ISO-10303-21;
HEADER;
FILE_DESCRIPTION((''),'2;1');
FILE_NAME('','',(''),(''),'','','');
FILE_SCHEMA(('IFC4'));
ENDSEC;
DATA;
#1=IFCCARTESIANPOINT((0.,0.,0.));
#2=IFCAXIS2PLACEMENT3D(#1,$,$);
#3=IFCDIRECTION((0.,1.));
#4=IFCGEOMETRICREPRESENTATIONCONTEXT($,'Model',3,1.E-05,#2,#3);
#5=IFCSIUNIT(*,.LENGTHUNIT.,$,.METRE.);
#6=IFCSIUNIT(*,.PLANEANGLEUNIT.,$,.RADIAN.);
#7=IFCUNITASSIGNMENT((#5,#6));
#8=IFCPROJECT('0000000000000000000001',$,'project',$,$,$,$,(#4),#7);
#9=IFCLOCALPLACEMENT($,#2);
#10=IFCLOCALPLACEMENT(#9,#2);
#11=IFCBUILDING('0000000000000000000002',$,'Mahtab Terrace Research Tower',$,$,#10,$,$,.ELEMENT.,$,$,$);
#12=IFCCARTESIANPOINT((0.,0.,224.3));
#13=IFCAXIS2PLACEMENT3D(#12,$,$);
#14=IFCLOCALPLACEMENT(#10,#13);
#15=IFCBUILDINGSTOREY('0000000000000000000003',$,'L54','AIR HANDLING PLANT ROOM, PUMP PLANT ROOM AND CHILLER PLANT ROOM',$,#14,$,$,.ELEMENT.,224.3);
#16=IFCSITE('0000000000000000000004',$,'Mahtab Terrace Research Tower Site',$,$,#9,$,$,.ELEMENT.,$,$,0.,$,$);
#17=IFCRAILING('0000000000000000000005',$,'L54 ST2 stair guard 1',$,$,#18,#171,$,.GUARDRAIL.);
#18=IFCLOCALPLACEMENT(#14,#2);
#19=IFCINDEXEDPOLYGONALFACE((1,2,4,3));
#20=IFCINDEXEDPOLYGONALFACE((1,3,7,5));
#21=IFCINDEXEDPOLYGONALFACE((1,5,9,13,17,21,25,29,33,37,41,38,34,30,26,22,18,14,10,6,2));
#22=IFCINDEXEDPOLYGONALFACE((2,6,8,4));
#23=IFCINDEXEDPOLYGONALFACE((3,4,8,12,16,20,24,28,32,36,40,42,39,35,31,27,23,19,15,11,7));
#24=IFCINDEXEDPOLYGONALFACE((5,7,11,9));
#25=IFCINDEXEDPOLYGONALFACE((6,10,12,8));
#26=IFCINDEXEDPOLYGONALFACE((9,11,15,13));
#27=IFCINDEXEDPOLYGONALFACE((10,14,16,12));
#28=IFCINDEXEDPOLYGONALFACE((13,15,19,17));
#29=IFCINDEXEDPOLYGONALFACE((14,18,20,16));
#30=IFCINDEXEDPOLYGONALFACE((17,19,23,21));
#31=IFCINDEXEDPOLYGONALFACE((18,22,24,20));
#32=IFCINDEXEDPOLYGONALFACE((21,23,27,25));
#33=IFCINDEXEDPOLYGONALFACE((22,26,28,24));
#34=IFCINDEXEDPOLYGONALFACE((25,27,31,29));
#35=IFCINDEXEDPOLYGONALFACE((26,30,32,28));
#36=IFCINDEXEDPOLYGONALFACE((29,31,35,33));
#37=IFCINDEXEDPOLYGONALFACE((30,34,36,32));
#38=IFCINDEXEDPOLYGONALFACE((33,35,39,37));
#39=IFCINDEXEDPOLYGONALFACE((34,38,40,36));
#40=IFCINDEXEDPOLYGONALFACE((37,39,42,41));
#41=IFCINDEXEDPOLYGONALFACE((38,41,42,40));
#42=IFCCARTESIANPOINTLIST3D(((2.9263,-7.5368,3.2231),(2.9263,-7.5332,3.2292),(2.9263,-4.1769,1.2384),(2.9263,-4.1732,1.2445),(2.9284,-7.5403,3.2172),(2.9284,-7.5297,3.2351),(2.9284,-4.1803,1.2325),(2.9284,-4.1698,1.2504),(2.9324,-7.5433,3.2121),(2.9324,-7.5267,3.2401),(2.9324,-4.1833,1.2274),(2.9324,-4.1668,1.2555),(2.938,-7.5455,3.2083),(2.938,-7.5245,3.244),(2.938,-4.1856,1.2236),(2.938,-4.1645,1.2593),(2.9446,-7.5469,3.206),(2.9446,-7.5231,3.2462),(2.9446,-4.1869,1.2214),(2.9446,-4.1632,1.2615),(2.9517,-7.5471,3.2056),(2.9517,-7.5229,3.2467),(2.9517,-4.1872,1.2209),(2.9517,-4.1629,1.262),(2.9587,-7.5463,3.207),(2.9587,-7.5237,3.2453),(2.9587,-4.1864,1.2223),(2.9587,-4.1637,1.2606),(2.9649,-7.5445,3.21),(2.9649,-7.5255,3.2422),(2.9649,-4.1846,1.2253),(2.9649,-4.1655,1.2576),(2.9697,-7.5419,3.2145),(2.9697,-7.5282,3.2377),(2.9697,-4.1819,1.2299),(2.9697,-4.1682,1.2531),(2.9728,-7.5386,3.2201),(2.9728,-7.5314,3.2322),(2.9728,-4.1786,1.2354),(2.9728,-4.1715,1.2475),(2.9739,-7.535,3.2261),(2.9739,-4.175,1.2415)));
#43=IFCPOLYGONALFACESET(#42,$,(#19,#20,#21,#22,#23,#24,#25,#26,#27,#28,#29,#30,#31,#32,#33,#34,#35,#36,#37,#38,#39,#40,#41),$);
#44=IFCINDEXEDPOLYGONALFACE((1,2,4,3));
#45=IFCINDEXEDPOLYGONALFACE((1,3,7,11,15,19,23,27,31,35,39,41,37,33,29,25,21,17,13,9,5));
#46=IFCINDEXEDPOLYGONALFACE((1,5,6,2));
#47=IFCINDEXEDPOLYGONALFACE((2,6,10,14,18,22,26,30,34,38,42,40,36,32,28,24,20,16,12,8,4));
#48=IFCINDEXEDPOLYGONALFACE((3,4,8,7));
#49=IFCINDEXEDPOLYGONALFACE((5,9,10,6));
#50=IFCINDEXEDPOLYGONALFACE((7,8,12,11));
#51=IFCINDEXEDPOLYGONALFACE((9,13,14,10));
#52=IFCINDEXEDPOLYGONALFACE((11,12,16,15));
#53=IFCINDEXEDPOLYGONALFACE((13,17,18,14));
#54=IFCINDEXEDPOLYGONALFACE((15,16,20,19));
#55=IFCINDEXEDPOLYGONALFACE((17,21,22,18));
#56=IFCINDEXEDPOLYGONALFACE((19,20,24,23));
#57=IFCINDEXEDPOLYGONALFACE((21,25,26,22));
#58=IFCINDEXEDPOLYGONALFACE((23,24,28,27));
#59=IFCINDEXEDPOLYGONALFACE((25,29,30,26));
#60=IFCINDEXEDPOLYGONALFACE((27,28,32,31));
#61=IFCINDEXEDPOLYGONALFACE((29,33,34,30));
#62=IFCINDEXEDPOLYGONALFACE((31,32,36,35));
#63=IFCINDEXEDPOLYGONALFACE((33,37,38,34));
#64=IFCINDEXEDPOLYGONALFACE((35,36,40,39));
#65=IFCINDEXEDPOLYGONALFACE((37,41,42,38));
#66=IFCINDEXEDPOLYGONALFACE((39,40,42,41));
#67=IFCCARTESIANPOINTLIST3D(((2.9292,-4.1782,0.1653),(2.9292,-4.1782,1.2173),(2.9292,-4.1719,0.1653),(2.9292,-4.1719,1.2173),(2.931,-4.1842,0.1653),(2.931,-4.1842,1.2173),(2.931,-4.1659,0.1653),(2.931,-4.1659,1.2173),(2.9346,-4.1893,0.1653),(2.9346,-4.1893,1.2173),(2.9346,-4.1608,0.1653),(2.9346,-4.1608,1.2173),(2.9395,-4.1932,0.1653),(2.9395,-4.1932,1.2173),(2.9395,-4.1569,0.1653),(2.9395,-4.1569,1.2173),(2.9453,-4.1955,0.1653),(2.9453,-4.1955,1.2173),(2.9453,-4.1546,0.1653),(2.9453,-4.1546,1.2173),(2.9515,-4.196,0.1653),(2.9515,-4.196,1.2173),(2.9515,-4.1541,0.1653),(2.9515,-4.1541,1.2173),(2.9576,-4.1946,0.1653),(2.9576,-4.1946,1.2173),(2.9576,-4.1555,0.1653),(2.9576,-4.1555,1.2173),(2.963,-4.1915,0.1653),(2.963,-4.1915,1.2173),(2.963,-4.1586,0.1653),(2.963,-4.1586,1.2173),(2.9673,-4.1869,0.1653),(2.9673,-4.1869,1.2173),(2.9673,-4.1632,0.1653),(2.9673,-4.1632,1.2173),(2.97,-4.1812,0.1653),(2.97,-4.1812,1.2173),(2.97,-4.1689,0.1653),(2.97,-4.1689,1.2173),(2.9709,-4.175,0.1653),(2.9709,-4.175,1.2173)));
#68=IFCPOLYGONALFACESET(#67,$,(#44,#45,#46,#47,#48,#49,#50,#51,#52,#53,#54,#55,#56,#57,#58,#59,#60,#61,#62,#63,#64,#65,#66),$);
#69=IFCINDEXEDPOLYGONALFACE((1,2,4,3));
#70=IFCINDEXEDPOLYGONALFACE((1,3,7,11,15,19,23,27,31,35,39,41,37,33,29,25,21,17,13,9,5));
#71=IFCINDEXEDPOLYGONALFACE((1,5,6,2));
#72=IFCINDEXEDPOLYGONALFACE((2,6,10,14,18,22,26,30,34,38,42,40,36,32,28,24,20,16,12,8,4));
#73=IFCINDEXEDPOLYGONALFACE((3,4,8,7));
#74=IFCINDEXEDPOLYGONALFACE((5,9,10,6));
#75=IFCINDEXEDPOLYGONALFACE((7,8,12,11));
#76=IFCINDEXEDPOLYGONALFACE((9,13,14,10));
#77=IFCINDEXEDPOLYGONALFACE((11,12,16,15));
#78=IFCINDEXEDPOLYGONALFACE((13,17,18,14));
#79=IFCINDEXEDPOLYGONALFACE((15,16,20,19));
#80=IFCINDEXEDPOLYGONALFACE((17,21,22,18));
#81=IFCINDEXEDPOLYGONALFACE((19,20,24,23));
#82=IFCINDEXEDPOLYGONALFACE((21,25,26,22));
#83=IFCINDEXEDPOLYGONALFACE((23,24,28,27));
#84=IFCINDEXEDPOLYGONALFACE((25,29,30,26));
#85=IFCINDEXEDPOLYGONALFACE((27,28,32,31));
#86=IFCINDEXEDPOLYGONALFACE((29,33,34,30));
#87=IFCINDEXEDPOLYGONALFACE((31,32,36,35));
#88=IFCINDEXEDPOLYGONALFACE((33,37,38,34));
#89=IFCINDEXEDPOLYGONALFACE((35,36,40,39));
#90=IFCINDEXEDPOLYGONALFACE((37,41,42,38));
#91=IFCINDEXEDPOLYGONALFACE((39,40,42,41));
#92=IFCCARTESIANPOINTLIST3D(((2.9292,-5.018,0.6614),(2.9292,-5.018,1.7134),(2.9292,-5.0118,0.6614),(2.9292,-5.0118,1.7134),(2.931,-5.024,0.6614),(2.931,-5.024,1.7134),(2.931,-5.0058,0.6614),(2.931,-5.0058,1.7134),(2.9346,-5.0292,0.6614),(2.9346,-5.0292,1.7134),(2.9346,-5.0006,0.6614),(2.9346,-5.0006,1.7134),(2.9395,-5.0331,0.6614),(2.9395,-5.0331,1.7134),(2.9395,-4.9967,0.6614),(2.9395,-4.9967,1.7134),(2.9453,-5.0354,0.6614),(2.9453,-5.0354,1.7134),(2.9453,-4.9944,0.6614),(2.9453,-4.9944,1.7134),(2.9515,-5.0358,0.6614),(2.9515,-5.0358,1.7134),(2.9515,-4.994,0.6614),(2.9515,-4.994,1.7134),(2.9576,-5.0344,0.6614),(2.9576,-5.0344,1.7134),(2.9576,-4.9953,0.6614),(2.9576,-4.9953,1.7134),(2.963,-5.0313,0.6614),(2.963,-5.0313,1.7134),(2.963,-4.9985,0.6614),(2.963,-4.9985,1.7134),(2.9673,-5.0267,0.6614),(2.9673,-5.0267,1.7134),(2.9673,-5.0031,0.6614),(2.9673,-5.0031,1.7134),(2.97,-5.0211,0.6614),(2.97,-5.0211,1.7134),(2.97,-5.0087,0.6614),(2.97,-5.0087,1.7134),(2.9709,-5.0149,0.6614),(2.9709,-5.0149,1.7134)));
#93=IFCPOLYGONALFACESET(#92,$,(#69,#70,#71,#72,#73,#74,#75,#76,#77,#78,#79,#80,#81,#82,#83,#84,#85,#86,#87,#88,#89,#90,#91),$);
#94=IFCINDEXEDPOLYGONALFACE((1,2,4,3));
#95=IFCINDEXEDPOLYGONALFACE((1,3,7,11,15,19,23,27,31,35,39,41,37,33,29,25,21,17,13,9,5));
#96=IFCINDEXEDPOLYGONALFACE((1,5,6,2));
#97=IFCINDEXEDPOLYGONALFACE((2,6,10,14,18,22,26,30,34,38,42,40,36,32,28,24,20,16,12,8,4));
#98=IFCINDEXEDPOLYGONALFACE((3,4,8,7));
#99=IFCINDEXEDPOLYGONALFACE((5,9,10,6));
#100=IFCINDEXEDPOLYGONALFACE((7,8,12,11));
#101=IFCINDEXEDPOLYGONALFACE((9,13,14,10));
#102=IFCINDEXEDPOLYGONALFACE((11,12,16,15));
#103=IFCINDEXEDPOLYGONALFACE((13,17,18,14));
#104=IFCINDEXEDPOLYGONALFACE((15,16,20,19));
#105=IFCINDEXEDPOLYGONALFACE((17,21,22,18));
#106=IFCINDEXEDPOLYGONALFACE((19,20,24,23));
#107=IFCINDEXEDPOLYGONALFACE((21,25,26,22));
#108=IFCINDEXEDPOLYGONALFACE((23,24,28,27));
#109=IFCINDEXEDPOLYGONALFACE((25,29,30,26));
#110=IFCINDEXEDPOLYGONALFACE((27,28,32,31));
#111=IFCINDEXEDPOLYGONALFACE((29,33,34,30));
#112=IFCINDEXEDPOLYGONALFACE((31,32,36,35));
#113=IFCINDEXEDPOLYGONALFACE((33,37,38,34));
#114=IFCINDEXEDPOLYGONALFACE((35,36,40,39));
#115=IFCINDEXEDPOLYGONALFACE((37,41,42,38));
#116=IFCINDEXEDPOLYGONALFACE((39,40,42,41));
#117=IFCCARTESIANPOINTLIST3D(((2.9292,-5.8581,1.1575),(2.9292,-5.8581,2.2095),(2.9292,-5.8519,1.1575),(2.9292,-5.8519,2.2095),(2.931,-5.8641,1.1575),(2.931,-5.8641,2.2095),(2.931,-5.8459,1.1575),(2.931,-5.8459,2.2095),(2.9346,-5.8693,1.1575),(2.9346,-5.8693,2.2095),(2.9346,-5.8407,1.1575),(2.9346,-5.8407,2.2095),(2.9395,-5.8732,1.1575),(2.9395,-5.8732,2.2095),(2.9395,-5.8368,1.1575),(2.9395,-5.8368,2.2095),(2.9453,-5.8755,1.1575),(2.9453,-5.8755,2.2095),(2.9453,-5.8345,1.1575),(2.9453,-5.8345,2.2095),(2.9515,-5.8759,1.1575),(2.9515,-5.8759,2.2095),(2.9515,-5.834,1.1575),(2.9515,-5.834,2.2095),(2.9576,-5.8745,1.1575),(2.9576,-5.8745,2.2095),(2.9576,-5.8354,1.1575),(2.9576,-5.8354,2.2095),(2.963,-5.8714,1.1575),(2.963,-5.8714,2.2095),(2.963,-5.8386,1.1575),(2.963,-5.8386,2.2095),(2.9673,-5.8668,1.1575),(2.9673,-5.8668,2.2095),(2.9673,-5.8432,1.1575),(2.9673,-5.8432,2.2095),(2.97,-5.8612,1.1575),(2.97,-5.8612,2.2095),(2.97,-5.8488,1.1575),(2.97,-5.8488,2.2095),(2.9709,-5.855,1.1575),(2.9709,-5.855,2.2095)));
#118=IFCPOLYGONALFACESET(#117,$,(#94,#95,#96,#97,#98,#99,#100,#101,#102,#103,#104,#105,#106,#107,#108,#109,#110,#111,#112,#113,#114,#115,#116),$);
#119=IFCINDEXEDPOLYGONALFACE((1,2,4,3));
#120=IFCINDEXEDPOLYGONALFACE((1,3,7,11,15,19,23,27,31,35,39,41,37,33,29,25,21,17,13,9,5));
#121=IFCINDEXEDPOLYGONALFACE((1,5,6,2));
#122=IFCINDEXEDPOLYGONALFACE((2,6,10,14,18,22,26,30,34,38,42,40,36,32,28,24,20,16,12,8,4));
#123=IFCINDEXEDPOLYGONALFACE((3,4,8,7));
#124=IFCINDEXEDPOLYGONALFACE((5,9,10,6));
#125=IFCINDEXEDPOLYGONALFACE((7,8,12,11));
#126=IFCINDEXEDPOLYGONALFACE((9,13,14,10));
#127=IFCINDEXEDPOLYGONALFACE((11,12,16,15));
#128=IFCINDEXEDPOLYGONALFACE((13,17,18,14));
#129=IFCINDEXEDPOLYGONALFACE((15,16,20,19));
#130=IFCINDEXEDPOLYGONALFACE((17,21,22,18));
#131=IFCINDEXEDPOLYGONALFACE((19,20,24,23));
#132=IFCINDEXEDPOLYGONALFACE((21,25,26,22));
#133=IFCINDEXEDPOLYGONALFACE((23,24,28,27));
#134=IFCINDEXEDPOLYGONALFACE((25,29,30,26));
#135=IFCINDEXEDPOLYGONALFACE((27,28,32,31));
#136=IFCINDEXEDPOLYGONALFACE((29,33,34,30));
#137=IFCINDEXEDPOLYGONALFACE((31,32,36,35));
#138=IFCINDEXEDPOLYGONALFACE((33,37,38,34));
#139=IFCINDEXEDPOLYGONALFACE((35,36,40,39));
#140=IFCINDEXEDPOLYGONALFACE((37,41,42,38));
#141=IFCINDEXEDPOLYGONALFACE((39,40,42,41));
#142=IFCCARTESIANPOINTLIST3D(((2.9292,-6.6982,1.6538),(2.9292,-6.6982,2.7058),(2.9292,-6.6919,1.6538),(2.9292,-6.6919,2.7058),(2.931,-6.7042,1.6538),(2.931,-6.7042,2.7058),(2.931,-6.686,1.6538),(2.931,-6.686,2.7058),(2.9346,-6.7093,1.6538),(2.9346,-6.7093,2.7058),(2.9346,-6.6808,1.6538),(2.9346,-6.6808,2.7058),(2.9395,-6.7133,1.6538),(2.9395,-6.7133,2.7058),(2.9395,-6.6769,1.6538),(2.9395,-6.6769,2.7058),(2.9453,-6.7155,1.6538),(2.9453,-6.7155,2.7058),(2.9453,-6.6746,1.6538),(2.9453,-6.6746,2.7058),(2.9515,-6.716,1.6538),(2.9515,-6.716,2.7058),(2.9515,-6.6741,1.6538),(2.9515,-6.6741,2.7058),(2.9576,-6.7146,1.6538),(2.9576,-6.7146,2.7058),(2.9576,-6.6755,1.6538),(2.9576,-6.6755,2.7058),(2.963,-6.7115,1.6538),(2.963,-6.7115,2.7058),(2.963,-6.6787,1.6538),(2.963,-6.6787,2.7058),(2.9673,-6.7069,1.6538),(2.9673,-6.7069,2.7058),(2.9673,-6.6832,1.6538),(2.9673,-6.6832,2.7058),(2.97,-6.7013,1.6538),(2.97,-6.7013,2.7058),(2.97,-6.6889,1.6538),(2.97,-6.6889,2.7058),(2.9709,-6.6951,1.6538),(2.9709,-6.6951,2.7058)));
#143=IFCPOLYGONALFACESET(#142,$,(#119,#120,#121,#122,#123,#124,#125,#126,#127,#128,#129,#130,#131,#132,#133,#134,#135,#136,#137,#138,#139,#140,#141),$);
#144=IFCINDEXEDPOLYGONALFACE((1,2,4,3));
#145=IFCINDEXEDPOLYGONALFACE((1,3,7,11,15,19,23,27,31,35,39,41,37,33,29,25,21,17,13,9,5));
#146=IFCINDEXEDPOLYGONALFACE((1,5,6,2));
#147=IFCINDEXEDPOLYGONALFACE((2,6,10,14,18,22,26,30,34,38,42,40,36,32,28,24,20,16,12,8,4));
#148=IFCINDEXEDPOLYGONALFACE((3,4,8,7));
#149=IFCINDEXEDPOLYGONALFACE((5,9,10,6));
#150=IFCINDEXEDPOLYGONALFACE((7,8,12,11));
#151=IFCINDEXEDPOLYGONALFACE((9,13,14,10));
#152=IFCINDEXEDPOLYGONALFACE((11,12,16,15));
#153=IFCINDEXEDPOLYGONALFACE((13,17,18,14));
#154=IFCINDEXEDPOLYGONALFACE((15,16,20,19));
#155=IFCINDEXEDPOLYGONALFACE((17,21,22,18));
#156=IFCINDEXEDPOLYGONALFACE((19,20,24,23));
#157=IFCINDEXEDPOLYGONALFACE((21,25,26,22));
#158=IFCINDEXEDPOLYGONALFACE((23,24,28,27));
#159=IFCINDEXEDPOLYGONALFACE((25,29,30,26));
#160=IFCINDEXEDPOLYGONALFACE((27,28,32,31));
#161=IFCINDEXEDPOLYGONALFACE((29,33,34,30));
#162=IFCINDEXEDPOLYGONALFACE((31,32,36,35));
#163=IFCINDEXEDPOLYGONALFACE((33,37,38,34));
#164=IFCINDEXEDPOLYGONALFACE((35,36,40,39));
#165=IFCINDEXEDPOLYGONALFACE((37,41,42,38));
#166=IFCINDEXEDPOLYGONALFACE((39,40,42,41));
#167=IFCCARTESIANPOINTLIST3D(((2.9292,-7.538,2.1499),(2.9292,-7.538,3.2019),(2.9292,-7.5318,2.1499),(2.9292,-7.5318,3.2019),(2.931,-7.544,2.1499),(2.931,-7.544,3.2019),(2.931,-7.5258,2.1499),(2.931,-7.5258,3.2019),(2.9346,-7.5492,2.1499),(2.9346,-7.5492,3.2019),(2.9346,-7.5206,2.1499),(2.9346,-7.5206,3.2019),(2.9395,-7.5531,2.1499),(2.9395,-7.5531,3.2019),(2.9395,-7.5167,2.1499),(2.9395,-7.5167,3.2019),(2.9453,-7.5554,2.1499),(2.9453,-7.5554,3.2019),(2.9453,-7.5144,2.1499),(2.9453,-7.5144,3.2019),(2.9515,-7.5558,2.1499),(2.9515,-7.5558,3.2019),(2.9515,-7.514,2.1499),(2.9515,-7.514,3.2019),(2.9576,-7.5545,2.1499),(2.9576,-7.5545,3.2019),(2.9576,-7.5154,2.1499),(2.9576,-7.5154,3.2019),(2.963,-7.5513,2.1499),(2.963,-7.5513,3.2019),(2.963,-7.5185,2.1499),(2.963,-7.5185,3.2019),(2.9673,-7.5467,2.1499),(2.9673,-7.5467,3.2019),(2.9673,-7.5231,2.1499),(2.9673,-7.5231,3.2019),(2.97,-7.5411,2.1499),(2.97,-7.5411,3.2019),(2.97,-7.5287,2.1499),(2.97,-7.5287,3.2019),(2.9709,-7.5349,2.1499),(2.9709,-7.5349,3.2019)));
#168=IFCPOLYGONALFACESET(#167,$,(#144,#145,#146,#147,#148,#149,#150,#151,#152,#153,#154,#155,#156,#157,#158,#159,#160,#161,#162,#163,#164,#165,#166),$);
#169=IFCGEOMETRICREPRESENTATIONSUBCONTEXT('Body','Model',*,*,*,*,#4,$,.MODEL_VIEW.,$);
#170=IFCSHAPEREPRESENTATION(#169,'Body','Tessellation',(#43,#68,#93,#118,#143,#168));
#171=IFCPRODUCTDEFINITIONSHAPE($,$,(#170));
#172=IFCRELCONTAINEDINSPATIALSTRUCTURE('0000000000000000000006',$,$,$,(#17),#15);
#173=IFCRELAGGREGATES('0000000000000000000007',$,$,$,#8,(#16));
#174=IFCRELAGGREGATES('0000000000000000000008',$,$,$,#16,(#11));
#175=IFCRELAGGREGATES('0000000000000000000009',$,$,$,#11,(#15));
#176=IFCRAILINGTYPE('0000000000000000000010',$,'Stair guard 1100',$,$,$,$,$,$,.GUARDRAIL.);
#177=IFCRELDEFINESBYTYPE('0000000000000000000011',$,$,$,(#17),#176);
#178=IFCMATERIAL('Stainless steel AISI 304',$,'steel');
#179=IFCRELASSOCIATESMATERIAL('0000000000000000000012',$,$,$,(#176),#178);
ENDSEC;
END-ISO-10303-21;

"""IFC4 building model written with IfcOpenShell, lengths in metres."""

from ifc_helpers import new_model, si_unit, direction, frame, origin, origin_2d, place, context, subcontext, project, spatial, circle, extrude, material, type_object, element, save


model = new_model("IFC4")

# Units and contexts
model_context = context("Model", 3, precision=1e-05, world=origin(), true_north=direction((0.0, 1.0)))
body_context = subcontext(model_context, "Body", "Model", "MODEL_VIEW")
ifc_project = project(units=[si_unit("LENGTHUNIT", "METRE"), si_unit("PLANEANGLEUNIT", "RADIAN")], contexts=[model_context])

# Site, building, storey
site_placement = place(None, origin())
site = spatial("IfcSite", under=ifc_project, at=site_placement, Name="Mahtab Terrace Research Tower Site", CompositionType="ELEMENT", RefElevation=0.0)
building_placement = place(site_placement, origin())
building = spatial("IfcBuilding", under=site, at=building_placement, Name="Mahtab Terrace Research Tower", CompositionType="ELEMENT")
storey_placement = place(building_placement, frame((0.0, 0.0, 224.3)))
storey = spatial("IfcBuildingStorey", under=building, at=storey_placement, Name="L54", Description="AIR HANDLING PLANT ROOM, PUMP PLANT ROOM AND CHILLER PLANT ROOM", CompositionType="ELEMENT", Elevation=224.3)

# Railing
ifc_material_1 = material(Name="Stainless steel AISI 304", Category="steel")
railing_type_1 = type_object("IfcRailingType", Name="Stair guard 1100", PredefinedType="GUARDRAIL", material=ifc_material_1)
railing_1_placement = place(storey_placement, frame((2.95, -4.175, 0.1653)))
element("IfcRailing", 1, at=railing_1_placement, inside=storey, type_object=railing_type_1, Name="L54 ST2 stair guard 1", PredefinedType="GUARDRAIL", context=body_context, shape_type="SweptSolid", body=[
    extrude(circle(Radius=0.0239, at=origin_2d()), frame((0.0, 0.0, 1.0762), z_axis=(0.0, -0.861011, 0.508586), x_axis=(1.0, 0.0, 0.0)), (0.0, 0.0, 1.0), 3.9023),
    extrude(circle(Radius=0.021, at=origin_2d()), origin(), (0.0, 0.0, 1.0), 1.052),
    extrude(circle(Radius=0.021, at=origin_2d()), frame((0.0, -0.8398, 0.4961)), (0.0, 0.0, 1.0), 1.052),
    extrude(circle(Radius=0.021, at=origin_2d()), frame((0.0, -1.6799, 0.9922)), (0.0, 0.0, 1.0), 1.052),
    extrude(circle(Radius=0.021, at=origin_2d()), frame((0.0, -2.52, 1.4885)), (0.0, 0.0, 1.0), 1.052),
    extrude(circle(Radius=0.021, at=origin_2d()), frame((0.0, -3.3599, 1.9846)), (0.0, 0.0, 1.0), 1.052),
])

save(model, "model.ifc")
